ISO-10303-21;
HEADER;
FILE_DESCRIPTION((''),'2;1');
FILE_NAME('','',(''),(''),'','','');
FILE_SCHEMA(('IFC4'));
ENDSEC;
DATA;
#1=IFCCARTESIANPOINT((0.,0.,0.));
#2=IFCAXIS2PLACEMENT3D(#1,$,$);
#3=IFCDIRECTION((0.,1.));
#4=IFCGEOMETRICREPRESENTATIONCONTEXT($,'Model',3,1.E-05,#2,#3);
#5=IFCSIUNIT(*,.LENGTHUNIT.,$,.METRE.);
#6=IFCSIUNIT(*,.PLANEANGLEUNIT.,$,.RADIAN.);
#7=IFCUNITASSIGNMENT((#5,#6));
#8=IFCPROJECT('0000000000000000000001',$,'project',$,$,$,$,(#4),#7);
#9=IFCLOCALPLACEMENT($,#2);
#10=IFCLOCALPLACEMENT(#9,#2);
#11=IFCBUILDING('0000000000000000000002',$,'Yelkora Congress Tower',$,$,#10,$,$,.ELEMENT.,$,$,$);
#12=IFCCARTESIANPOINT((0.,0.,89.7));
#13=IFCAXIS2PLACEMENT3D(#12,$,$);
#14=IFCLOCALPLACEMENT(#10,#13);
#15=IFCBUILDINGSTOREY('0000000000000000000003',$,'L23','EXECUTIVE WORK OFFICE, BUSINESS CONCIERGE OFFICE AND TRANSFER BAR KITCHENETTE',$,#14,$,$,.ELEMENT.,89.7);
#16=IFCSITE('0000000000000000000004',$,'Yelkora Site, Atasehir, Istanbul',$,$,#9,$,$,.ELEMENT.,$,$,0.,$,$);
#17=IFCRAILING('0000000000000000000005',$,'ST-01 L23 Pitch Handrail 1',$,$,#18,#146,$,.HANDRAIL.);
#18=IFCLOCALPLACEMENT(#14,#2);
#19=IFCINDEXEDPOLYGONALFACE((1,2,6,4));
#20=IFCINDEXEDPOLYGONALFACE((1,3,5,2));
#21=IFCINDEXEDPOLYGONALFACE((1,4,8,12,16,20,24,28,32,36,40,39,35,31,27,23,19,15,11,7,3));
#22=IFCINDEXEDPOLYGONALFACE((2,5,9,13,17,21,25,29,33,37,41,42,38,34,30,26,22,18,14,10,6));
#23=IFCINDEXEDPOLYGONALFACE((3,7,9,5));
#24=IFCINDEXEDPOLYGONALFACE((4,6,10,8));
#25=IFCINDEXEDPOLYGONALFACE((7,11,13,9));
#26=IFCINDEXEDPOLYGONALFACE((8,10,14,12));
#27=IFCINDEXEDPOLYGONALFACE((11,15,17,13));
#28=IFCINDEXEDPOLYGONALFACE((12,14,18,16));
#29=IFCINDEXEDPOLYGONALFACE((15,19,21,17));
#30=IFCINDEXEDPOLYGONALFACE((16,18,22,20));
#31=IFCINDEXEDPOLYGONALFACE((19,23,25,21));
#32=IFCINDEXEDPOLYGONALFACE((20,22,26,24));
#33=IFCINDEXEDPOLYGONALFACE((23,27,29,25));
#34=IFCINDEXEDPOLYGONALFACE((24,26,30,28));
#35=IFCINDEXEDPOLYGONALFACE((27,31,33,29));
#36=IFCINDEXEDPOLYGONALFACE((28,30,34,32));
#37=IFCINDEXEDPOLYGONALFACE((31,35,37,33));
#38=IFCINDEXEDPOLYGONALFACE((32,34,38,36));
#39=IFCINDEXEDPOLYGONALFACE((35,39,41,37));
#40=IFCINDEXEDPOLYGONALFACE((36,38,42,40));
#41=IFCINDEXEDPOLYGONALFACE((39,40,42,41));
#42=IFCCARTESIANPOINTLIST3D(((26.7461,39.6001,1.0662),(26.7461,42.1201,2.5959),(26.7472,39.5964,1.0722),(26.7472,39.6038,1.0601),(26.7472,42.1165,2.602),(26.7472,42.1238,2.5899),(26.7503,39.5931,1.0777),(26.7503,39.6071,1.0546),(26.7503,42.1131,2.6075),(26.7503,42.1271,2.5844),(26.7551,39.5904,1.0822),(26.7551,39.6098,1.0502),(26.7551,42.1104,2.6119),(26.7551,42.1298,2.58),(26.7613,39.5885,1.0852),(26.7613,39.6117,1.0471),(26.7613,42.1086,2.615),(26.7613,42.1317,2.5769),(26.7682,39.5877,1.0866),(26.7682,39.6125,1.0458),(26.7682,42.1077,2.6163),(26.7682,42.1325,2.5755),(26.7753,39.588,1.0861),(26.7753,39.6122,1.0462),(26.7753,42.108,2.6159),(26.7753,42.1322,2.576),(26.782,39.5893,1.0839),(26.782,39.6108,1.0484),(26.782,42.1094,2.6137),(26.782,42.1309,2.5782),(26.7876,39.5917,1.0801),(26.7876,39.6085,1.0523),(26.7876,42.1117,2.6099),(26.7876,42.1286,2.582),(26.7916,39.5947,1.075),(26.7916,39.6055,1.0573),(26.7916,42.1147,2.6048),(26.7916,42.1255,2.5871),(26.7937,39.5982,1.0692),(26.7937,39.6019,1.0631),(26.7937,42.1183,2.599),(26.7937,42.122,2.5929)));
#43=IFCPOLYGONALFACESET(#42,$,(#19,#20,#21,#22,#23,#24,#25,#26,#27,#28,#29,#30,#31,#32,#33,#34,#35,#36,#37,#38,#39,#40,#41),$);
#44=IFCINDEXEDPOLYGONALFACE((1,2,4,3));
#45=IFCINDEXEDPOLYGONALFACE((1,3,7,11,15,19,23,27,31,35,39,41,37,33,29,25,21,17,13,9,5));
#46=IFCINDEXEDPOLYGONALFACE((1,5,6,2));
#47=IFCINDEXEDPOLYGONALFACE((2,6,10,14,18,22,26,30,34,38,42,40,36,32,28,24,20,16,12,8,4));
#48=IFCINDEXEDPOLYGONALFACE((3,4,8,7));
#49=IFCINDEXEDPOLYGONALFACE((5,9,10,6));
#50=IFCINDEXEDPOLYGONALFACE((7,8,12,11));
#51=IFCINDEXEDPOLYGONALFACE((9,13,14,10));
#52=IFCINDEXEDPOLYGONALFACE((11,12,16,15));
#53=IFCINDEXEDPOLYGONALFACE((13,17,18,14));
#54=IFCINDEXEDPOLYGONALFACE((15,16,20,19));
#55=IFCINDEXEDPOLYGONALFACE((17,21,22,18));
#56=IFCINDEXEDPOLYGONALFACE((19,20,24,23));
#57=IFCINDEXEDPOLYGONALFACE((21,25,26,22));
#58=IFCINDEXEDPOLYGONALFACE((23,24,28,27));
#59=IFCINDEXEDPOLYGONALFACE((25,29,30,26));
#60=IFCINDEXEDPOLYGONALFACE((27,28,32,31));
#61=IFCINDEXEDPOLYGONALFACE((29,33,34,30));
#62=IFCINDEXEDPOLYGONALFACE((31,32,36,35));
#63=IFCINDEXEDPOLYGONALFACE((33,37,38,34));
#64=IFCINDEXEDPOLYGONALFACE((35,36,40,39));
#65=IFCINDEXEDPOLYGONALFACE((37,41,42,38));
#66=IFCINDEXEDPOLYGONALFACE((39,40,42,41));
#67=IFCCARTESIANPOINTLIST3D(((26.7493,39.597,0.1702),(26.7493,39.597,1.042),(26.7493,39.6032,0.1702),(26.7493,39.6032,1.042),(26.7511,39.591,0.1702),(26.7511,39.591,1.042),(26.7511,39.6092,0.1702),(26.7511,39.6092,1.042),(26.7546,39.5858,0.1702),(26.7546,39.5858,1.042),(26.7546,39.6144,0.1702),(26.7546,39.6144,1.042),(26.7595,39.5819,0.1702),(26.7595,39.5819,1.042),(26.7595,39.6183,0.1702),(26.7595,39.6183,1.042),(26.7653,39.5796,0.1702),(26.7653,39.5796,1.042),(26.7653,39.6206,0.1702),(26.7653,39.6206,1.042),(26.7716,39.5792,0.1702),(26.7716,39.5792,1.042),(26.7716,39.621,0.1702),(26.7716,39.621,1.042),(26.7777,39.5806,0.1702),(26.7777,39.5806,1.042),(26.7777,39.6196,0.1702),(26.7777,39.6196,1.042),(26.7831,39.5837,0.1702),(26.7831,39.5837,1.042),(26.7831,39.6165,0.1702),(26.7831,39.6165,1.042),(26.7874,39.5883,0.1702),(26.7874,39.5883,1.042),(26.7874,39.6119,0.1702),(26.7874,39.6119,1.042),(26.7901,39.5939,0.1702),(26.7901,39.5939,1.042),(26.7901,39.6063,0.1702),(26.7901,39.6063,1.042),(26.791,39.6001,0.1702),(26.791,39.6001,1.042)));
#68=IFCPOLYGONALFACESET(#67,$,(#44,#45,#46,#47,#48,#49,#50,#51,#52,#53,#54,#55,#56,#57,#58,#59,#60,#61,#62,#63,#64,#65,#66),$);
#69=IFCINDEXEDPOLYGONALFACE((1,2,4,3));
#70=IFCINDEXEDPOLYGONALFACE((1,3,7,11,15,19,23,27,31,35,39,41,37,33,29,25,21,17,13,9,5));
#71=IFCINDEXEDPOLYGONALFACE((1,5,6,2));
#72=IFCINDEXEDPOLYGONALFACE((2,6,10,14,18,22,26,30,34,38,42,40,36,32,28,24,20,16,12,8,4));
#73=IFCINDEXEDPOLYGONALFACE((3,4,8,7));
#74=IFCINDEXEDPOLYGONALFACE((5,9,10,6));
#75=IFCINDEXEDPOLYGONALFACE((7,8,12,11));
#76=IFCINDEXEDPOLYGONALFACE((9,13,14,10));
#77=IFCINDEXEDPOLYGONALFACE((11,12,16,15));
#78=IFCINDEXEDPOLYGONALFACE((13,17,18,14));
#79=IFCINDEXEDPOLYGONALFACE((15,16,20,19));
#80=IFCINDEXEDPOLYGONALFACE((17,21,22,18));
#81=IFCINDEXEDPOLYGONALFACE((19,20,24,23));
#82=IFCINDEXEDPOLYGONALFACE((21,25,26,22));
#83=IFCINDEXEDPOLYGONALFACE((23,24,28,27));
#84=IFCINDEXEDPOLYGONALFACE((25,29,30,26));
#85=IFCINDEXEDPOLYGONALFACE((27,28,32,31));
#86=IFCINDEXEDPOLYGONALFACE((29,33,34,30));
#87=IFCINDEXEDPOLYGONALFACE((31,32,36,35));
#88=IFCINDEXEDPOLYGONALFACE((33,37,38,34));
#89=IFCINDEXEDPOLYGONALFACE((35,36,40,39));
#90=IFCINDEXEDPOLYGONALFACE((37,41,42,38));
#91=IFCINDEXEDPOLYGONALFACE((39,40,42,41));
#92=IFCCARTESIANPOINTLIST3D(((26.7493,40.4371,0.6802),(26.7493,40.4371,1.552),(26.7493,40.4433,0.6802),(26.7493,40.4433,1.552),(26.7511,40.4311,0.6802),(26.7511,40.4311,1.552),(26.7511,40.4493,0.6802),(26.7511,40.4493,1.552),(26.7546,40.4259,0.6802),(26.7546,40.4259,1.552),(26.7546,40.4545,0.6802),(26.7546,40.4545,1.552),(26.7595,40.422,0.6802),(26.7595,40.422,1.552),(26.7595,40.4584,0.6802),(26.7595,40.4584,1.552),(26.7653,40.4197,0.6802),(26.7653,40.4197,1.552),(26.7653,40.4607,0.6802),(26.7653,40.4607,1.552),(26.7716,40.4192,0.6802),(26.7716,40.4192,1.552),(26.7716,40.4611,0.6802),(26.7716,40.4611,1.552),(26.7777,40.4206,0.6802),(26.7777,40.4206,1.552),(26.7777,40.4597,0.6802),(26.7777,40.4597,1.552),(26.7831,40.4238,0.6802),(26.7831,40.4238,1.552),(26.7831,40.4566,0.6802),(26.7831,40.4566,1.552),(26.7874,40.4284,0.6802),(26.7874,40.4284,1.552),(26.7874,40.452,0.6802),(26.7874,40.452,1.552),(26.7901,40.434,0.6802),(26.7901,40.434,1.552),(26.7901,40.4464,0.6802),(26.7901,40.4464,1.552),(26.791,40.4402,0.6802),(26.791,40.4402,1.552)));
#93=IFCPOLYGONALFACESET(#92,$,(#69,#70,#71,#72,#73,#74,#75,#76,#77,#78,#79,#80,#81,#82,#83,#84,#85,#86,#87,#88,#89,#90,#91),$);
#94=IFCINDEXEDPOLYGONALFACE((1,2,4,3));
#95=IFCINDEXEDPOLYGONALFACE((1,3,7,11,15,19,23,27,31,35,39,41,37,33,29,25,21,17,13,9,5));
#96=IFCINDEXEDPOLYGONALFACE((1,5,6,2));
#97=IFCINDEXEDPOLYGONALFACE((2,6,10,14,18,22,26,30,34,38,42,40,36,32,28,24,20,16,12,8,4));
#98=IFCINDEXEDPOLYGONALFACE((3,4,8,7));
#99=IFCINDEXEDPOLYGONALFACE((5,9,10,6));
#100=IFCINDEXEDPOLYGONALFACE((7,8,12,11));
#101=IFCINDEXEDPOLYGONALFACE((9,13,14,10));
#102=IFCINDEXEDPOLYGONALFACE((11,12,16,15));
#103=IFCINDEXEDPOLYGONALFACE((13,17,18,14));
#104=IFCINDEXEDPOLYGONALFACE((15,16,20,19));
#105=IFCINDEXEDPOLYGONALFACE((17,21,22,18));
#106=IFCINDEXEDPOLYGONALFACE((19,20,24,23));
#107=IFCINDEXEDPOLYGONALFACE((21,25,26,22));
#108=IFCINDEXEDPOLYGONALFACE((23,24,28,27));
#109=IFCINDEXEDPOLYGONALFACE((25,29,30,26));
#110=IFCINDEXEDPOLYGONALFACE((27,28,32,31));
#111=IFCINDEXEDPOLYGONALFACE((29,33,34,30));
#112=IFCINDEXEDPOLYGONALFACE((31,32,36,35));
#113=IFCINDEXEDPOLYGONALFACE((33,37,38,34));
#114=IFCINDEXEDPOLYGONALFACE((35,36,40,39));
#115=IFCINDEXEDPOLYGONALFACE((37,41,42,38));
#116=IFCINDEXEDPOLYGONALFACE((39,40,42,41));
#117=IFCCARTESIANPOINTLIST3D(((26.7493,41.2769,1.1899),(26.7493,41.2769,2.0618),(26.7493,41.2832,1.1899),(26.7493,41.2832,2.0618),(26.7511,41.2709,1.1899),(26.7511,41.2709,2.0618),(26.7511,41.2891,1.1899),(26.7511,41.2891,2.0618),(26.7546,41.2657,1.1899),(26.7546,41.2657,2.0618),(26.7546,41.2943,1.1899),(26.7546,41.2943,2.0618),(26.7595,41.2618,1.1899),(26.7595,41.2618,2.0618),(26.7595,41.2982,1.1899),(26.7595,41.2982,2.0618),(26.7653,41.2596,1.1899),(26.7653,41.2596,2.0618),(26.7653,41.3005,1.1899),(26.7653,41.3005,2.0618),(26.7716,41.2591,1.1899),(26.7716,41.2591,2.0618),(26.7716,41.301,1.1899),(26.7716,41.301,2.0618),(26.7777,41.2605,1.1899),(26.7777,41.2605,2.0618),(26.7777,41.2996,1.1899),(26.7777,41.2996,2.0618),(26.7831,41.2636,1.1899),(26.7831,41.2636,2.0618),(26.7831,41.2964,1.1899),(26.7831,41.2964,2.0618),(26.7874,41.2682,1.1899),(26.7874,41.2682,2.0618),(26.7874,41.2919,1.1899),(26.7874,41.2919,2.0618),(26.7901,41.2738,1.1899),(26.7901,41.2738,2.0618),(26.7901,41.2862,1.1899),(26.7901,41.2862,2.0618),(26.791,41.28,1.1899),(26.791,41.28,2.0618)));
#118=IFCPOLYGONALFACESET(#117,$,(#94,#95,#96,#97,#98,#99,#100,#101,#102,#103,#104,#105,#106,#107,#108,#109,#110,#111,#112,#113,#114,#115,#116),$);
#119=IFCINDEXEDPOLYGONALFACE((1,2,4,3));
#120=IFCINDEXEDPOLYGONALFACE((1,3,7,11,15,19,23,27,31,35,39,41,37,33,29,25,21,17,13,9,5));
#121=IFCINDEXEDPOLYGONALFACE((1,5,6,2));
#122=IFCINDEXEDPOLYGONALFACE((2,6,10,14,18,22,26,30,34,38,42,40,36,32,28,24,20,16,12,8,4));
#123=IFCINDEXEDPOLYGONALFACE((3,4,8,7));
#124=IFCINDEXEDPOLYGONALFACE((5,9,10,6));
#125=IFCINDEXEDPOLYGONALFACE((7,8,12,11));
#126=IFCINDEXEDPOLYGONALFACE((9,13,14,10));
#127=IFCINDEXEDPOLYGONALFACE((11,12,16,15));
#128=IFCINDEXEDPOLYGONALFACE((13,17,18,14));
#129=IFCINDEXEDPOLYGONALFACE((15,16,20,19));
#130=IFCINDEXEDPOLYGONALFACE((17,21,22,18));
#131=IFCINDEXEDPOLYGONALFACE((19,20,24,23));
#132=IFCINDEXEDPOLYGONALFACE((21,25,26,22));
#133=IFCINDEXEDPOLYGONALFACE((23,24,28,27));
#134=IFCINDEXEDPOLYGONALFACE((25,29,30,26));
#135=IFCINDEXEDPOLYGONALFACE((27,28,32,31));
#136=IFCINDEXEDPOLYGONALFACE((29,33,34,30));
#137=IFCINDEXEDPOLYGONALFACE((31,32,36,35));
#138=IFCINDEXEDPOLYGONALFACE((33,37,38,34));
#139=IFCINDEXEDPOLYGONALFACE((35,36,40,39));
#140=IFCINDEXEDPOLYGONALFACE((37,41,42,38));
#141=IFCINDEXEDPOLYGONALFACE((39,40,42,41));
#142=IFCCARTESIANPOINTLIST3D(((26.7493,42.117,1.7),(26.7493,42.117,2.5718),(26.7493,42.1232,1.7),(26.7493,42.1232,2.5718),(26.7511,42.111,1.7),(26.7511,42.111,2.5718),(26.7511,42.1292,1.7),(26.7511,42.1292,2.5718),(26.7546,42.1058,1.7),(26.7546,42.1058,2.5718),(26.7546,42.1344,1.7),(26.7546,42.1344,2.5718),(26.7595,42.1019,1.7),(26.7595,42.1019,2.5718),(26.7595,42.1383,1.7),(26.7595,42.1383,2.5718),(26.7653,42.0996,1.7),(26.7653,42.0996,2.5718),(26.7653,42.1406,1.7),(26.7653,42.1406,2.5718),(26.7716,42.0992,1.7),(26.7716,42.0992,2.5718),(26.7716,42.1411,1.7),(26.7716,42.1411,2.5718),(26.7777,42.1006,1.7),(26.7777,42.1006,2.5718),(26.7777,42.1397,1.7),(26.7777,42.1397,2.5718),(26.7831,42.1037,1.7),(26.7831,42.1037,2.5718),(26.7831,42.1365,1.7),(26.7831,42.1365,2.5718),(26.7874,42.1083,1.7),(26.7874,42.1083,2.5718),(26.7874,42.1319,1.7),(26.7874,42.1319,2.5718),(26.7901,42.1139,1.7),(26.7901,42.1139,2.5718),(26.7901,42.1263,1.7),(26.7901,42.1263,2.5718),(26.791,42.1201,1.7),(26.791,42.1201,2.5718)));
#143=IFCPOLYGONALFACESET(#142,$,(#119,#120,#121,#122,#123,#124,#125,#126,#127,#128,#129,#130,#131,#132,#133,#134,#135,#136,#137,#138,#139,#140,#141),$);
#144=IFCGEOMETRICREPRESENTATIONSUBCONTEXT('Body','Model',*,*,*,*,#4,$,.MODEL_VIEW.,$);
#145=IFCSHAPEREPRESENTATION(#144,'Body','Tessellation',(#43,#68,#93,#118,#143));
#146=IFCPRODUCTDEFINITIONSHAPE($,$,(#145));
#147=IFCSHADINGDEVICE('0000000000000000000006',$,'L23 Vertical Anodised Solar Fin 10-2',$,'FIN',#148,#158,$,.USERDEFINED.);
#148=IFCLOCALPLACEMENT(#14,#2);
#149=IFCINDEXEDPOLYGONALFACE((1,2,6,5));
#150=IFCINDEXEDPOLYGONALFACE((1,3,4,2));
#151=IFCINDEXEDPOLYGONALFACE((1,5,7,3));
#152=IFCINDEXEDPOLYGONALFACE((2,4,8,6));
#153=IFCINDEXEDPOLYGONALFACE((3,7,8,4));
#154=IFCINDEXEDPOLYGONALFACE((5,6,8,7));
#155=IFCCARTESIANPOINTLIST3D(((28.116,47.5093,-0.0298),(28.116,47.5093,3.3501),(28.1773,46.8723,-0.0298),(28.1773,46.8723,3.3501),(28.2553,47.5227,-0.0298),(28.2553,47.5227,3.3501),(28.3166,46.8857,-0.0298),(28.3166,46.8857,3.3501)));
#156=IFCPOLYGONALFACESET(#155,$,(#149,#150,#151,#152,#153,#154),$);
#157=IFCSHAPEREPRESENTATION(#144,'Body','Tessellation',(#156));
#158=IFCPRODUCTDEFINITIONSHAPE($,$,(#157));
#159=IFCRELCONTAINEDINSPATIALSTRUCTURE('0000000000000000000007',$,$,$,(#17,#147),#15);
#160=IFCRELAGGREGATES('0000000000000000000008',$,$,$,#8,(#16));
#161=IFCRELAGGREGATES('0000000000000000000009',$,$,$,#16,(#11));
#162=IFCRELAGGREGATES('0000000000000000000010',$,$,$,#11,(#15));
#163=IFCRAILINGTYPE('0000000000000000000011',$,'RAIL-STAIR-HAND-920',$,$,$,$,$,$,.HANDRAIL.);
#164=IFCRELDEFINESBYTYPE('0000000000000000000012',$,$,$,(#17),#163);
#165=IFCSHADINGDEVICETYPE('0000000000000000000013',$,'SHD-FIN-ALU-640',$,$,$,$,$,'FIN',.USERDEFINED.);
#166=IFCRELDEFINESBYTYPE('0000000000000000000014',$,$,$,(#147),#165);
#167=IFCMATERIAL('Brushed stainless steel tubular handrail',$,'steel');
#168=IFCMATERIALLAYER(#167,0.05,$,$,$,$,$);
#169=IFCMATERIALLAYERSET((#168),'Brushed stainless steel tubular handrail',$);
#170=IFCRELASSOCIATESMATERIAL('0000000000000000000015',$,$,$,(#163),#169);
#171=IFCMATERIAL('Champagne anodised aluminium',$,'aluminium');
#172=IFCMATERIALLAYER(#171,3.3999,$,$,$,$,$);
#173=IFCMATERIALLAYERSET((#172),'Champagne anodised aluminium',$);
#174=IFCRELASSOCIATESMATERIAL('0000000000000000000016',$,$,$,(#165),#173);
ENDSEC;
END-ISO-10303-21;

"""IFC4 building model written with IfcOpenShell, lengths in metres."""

from ifc_helpers import new_model, si_unit, direction, frame, origin, origin_2d, place, context, subcontext, project, spatial, rectangle, circle, extrude, material, layer, layer_set, type_object, element, save


model = new_model("IFC4")

# Units and contexts
model_context = context("Model", 3, precision=1e-05, world=origin(), true_north=direction((0.0, 1.0)))
body_context = subcontext(model_context, "Body", "Model", "MODEL_VIEW")
ifc_project = project(units=[si_unit("LENGTHUNIT", "METRE"), si_unit("PLANEANGLEUNIT", "RADIAN")], contexts=[model_context])

# Site, building, storey
site_placement = place(None, origin())
site = spatial("IfcSite", under=ifc_project, at=site_placement, Name="Yelkora Site, Atasehir, Istanbul", CompositionType="ELEMENT", RefElevation=0.0)
building_placement = place(site_placement, origin())
building = spatial("IfcBuilding", under=site, at=building_placement, Name="Yelkora Congress Tower", CompositionType="ELEMENT")
storey_placement = place(building_placement, frame((0.0, 0.0, 89.7)))
storey = spatial("IfcBuildingStorey", under=building, at=storey_placement, Name="L23", Description="EXECUTIVE WORK OFFICE, BUSINESS CONCIERGE OFFICE AND TRANSFER BAR KITCHENETTE", CompositionType="ELEMENT", Elevation=89.7)

# Railing
ifc_material_1 = material(Name="Brushed stainless steel tubular handrail", Category="steel")
ifc_layer_1 = layer(ifc_material_1, 0.05)
ifc_layer_set_1 = layer_set([ifc_layer_1], Name="Brushed stainless steel tubular handrail")
railing_type_1 = type_object("IfcRailingType", Name="RAIL-STAIR-HAND-920", PredefinedType="HANDRAIL", material=ifc_layer_set_1)
railing_1_placement = place(storey_placement, frame((26.77, 39.6001, 0.1702)))
element("IfcRailing", 1, at=railing_1_placement, inside=storey, type_object=railing_type_1, Name="ST-01 L23 Pitch Handrail 1", PredefinedType="HANDRAIL", context=body_context, shape_type="SweptSolid", body=[
    extrude(circle(Radius=0.0239, at=origin_2d()), frame((0.0, 0.0, 0.896), z_axis=(0.0, 0.854822, 0.518922), x_axis=(-1.0, 0.0, 0.0)), (0.0, 0.0, 1.0), 2.948),
    extrude(circle(Radius=0.021, at=origin_2d()), origin(), (0.0, 0.0, 1.0), 0.8718),
    extrude(circle(Radius=0.021, at=origin_2d()), frame((0.0, 0.8401, 0.51)), (0.0, 0.0, 1.0), 0.8718),
    extrude(circle(Radius=0.021, at=origin_2d()), frame((0.0, 1.6799, 1.0198)), (0.0, 0.0, 1.0), 0.8718),
    extrude(circle(Radius=0.021, at=origin_2d()), frame((0.0, 2.52, 1.5298)), (0.0, 0.0, 1.0), 0.8718),
])

# Shading device
ifc_material_2 = material(Name="Champagne anodised aluminium", Category="aluminium")
ifc_layer_2 = layer(ifc_material_2, 3.3999)
ifc_layer_set_2 = layer_set([ifc_layer_2], Name="Champagne anodised aluminium")
shading_device_type = type_object("IfcShadingDeviceType", Name="SHD-FIN-ALU-640", ElementType="FIN", PredefinedType="USERDEFINED", material=ifc_layer_set_2)
shading_device_placement = place(storey_placement, frame((28.2163, 47.1975, -0.0298), z_axis=(0.0, 0.0, 1.0), x_axis=(0.995396, 0.095846, 0.0)))
element("IfcShadingDevice", 2, at=shading_device_placement, inside=storey, type_object=shading_device_type, Name="L23 Vertical Anodised Solar Fin 10-2", ObjectType="FIN", PredefinedType="USERDEFINED", context=body_context, shape_type="SweptSolid", body=[
    extrude(rectangle(XDim=0.1399, YDim=0.6399, at=origin_2d()), origin(), (0.0, 0.0, 1.0), 3.3799),
])

save(model, "model.ifc")
